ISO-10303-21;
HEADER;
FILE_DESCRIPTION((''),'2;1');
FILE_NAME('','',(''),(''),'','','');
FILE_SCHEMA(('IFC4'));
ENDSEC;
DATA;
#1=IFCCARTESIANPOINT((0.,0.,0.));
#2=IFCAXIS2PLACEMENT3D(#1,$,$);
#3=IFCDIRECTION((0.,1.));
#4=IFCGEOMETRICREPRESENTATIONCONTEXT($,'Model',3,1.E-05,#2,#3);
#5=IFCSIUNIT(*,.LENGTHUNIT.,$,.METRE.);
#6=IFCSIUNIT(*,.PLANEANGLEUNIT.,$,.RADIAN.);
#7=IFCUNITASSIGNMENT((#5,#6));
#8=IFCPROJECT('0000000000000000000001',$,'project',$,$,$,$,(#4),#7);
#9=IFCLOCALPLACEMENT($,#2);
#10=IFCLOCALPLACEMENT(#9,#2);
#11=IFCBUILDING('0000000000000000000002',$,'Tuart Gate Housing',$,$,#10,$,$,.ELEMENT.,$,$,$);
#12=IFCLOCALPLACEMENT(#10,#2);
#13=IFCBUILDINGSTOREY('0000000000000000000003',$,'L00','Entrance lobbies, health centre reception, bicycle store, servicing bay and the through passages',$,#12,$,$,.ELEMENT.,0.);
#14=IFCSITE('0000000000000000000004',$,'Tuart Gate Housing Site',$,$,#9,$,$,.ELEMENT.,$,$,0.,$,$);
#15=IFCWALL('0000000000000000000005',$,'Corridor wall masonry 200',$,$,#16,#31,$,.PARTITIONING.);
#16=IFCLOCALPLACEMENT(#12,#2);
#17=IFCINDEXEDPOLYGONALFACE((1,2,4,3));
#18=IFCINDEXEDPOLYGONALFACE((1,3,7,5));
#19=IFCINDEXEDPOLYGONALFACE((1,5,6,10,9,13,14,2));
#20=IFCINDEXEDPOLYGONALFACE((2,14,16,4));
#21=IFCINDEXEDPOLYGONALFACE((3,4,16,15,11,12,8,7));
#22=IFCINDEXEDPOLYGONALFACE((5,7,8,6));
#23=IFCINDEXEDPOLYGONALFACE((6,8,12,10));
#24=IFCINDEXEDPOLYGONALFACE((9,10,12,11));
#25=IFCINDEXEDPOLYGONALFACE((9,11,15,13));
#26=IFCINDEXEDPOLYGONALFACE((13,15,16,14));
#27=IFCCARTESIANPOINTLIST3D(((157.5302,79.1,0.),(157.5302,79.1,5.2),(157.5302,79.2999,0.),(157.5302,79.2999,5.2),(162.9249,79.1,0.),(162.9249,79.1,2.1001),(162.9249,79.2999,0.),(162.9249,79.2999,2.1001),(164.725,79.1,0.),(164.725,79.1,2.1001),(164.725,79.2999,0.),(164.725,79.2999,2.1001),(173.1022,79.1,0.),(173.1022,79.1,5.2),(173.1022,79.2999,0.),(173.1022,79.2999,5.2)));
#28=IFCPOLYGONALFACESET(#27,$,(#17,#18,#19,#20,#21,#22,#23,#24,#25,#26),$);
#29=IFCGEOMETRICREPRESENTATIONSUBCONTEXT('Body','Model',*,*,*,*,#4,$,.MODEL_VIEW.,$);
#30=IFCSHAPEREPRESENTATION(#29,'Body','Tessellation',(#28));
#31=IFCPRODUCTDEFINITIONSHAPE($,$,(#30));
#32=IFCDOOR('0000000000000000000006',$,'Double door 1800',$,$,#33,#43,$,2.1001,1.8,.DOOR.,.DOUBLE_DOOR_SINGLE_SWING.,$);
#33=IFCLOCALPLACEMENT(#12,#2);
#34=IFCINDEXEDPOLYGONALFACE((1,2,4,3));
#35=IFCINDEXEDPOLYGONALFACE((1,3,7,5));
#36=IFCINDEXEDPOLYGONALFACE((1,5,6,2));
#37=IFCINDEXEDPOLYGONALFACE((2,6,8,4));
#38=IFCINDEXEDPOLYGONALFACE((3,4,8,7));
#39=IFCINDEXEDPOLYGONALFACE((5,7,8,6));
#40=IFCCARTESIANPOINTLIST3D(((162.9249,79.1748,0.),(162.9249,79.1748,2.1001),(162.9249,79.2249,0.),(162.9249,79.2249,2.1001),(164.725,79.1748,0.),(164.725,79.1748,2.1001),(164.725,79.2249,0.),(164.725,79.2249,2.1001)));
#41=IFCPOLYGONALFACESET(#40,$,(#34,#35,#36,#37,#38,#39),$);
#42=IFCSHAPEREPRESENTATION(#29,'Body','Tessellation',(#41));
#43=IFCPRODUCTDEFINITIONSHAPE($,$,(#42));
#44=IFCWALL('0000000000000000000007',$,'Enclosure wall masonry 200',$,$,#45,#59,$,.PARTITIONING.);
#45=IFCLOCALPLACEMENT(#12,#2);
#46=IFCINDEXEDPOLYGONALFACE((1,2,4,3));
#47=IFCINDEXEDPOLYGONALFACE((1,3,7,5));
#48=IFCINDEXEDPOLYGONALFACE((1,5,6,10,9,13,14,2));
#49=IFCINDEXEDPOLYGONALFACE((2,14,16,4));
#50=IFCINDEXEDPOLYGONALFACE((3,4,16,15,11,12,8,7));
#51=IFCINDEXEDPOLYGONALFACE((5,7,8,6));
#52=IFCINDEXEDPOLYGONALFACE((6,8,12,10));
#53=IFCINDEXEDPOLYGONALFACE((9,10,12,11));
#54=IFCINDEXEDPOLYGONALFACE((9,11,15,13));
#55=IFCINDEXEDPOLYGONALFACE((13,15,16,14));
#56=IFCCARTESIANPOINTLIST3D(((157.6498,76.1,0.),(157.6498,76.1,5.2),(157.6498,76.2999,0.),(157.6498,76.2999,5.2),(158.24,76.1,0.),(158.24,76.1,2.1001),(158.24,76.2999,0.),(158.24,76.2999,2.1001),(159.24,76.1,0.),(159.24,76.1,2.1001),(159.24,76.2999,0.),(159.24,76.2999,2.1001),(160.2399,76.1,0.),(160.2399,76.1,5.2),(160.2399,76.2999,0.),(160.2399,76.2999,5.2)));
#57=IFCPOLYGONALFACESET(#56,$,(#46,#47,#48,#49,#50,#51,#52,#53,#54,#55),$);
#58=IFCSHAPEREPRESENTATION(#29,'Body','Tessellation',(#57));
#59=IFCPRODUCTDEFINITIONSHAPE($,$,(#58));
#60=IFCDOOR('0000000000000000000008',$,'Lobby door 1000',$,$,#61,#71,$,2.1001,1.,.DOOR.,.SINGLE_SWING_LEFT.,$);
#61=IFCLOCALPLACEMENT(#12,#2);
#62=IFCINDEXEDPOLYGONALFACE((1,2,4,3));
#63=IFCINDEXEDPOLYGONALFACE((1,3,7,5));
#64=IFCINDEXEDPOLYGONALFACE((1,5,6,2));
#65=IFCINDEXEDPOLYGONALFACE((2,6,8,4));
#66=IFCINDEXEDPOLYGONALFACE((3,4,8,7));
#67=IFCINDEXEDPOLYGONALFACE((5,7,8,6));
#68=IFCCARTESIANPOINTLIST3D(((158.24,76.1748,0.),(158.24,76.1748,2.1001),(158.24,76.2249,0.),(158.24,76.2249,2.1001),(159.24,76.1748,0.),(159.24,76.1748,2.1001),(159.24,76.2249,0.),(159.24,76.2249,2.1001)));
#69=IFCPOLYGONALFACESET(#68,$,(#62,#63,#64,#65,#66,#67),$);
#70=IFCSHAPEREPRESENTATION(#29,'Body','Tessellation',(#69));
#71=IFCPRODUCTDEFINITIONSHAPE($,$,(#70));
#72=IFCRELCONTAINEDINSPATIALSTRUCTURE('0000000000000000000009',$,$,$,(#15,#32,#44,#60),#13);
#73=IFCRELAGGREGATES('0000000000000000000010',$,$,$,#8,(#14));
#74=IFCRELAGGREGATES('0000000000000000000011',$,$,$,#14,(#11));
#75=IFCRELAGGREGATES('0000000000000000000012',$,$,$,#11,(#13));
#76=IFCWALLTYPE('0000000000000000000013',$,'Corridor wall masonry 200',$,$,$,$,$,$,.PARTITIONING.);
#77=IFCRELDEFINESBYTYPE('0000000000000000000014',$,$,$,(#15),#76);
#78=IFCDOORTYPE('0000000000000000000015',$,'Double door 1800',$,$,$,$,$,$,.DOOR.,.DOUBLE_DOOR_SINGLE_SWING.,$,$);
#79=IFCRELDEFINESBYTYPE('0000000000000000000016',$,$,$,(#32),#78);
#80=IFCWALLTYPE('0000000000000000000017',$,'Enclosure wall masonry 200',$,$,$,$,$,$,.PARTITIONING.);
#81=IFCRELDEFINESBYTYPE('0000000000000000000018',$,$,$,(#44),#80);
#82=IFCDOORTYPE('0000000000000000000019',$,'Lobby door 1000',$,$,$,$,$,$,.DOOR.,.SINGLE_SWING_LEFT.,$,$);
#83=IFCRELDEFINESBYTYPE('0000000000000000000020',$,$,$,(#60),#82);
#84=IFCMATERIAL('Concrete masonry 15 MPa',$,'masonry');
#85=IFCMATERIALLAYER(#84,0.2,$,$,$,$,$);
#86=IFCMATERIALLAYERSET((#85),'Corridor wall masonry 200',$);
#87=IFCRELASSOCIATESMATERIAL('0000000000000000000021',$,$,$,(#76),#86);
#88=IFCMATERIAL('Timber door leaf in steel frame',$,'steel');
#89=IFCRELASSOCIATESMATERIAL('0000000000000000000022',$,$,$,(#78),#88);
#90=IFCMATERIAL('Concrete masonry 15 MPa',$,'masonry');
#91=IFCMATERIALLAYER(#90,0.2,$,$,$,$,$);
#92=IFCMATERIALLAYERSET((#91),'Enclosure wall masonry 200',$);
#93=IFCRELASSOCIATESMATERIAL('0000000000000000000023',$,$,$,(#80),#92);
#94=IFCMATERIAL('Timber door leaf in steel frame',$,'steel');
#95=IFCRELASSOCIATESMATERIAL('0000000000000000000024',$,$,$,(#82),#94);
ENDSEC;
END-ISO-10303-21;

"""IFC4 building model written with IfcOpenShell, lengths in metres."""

from ifc_helpers import new_model, si_unit, direction, frame, frame_2d, origin, place, context, subcontext, project, spatial, rectangle, extrude, material, layer, layer_set, type_object, element, fill, save


model = new_model("IFC4")

# Units and contexts
model_context = context("Model", 3, precision=1e-05, world=origin(), true_north=direction((0.0, 1.0)))
body_context = subcontext(model_context, "Body", "Model", "MODEL_VIEW")
ifc_project = project(units=[si_unit("LENGTHUNIT", "METRE"), si_unit("PLANEANGLEUNIT", "RADIAN")], contexts=[model_context])

# Site, building, storey
site_placement = place(None, origin())
site = spatial("IfcSite", under=ifc_project, at=site_placement, Name="Tuart Gate Housing Site", CompositionType="ELEMENT", RefElevation=0.0)
building_placement = place(site_placement, origin())
building = spatial("IfcBuilding", under=site, at=building_placement, Name="Tuart Gate Housing", CompositionType="ELEMENT")
storey_placement = place(building_placement, origin())
storey = spatial("IfcBuildingStorey", under=building, at=storey_placement, Name="L00", Description="Entrance lobbies, health centre reception, bicycle store, servicing bay and the through passages", CompositionType="ELEMENT", Elevation=0.0)

# Walls, openings, doors
ifc_material_1 = material(Name="Concrete masonry 15 MPa", Category="masonry")
ifc_layer_1 = layer(ifc_material_1, 0.2)
ifc_layer_set_1 = layer_set([ifc_layer_1], Name="Corridor wall masonry 200")
wall_type_1 = type_object("IfcWallType", Name="Corridor wall masonry 200", PredefinedType="PARTITIONING", material=ifc_layer_set_1)
wall_1_placement = place(storey_placement, frame((157.53, 79.2, 0.0), z_axis=(0.0, 0.0, 1.0), x_axis=(1.0, 0.0, 0.0)))
wall_1 = element("IfcWall", 1, at=wall_1_placement, inside=storey, type_object=wall_type_1, Name="Corridor wall masonry 200", PredefinedType="PARTITIONING", context=body_context, shape_type="SweptSolid", body=[
    extrude(rectangle(XDim=15.572, YDim=0.2, at=frame_2d((7.7861, 0.0))), origin(), (0.0, 0.0, 1.0), 5.2),
])
opening_1_placement = place(wall_1_placement, frame((5.395, 0.0, 0.0)))
opening_1 = element("IfcOpeningElement", 2, at=opening_1_placement, cuts=wall_1, PredefinedType="OPENING", context=body_context, shape_type="SweptSolid", body=[
    extrude(rectangle(XDim=1.8, YDim=2.1001, at=frame_2d((0.8999, 1.05))), frame((0.0, 0.1099, 0.0), z_axis=(0.0, -1.0, 0.0), x_axis=(1.0, 0.0, 0.0)), (0.0, 0.0, 1.0), 0.22),
])
ifc_material_2 = material(Name="Timber door leaf in steel frame", Category="steel")
door_type_1 = type_object("IfcDoorType", Name="Double door 1800", OperationType="DOUBLE_DOOR_SINGLE_SWING", PredefinedType="DOOR", material=ifc_material_2)
door_1_placement = place(opening_1_placement, origin())
door_1 = element("IfcDoor", 3, at=door_1_placement, inside=storey, type_object=door_type_1, Name="Double door 1800", OperationType="DOUBLE_DOOR_SINGLE_SWING", OverallHeight=2.1001, OverallWidth=1.8, PredefinedType="DOOR", context=body_context, shape_type="SweptSolid", body=[
    extrude(rectangle(XDim=1.8, YDim=2.1001, at=frame_2d((0.8999, 1.05))), frame((0.0, 0.0249, 0.0), z_axis=(0.0, -1.0, 0.0), x_axis=(1.0, 0.0, 0.0)), (0.0, 0.0, 1.0), 0.05),
])
fill(opening_1, door_1)
ifc_material_3 = material(Name="Concrete masonry 15 MPa", Category="masonry")
ifc_layer_2 = layer(ifc_material_3, 0.2)
ifc_layer_set_2 = layer_set([ifc_layer_2], Name="Enclosure wall masonry 200")
wall_type_2 = type_object("IfcWallType", Name="Enclosure wall masonry 200", PredefinedType="PARTITIONING", material=ifc_layer_set_2)
wall_2_placement = place(storey_placement, frame((157.6499, 76.2, 0.0), z_axis=(0.0, 0.0, 1.0), x_axis=(1.0, 0.0, 0.0)))
wall_2 = element("IfcWall", 4, at=wall_2_placement, inside=storey, type_object=wall_type_2, Name="Enclosure wall masonry 200", PredefinedType="PARTITIONING", context=body_context, shape_type="SweptSolid", body=[
    extrude(rectangle(XDim=2.5901, YDim=0.2, at=frame_2d((1.2949, 0.0))), origin(), (0.0, 0.0, 1.0), 5.2),
])
opening_2_placement = place(wall_2_placement, frame((0.5901, 0.0, 0.0)))
opening_2 = element("IfcOpeningElement", 5, at=opening_2_placement, cuts=wall_2, PredefinedType="OPENING", context=body_context, shape_type="SweptSolid", body=[
    extrude(rectangle(XDim=1.0, YDim=2.1001, at=frame_2d((0.5, 1.05))), frame((0.0, 0.1099, 0.0), z_axis=(0.0, -1.0, 0.0), x_axis=(1.0, 0.0, 0.0)), (0.0, 0.0, 1.0), 0.22),
])
ifc_material_4 = material(Name="Timber door leaf in steel frame", Category="steel")
door_type_2 = type_object("IfcDoorType", Name="Lobby door 1000", OperationType="SINGLE_SWING_LEFT", PredefinedType="DOOR", material=ifc_material_4)
door_2_placement = place(opening_2_placement, origin())
door_2 = element("IfcDoor", 6, at=door_2_placement, inside=storey, type_object=door_type_2, Name="Lobby door 1000", OperationType="SINGLE_SWING_LEFT", OverallHeight=2.1001, OverallWidth=1.0, PredefinedType="DOOR", context=body_context, shape_type="SweptSolid", body=[
    extrude(rectangle(XDim=1.0, YDim=2.1001, at=frame_2d((0.5, 1.05))), frame((0.0, 0.0249, 0.0), z_axis=(0.0, -1.0, 0.0), x_axis=(1.0, 0.0, 0.0)), (0.0, 0.0, 1.0), 0.05),
])
fill(opening_2, door_2)

save(model, "model.ifc")
